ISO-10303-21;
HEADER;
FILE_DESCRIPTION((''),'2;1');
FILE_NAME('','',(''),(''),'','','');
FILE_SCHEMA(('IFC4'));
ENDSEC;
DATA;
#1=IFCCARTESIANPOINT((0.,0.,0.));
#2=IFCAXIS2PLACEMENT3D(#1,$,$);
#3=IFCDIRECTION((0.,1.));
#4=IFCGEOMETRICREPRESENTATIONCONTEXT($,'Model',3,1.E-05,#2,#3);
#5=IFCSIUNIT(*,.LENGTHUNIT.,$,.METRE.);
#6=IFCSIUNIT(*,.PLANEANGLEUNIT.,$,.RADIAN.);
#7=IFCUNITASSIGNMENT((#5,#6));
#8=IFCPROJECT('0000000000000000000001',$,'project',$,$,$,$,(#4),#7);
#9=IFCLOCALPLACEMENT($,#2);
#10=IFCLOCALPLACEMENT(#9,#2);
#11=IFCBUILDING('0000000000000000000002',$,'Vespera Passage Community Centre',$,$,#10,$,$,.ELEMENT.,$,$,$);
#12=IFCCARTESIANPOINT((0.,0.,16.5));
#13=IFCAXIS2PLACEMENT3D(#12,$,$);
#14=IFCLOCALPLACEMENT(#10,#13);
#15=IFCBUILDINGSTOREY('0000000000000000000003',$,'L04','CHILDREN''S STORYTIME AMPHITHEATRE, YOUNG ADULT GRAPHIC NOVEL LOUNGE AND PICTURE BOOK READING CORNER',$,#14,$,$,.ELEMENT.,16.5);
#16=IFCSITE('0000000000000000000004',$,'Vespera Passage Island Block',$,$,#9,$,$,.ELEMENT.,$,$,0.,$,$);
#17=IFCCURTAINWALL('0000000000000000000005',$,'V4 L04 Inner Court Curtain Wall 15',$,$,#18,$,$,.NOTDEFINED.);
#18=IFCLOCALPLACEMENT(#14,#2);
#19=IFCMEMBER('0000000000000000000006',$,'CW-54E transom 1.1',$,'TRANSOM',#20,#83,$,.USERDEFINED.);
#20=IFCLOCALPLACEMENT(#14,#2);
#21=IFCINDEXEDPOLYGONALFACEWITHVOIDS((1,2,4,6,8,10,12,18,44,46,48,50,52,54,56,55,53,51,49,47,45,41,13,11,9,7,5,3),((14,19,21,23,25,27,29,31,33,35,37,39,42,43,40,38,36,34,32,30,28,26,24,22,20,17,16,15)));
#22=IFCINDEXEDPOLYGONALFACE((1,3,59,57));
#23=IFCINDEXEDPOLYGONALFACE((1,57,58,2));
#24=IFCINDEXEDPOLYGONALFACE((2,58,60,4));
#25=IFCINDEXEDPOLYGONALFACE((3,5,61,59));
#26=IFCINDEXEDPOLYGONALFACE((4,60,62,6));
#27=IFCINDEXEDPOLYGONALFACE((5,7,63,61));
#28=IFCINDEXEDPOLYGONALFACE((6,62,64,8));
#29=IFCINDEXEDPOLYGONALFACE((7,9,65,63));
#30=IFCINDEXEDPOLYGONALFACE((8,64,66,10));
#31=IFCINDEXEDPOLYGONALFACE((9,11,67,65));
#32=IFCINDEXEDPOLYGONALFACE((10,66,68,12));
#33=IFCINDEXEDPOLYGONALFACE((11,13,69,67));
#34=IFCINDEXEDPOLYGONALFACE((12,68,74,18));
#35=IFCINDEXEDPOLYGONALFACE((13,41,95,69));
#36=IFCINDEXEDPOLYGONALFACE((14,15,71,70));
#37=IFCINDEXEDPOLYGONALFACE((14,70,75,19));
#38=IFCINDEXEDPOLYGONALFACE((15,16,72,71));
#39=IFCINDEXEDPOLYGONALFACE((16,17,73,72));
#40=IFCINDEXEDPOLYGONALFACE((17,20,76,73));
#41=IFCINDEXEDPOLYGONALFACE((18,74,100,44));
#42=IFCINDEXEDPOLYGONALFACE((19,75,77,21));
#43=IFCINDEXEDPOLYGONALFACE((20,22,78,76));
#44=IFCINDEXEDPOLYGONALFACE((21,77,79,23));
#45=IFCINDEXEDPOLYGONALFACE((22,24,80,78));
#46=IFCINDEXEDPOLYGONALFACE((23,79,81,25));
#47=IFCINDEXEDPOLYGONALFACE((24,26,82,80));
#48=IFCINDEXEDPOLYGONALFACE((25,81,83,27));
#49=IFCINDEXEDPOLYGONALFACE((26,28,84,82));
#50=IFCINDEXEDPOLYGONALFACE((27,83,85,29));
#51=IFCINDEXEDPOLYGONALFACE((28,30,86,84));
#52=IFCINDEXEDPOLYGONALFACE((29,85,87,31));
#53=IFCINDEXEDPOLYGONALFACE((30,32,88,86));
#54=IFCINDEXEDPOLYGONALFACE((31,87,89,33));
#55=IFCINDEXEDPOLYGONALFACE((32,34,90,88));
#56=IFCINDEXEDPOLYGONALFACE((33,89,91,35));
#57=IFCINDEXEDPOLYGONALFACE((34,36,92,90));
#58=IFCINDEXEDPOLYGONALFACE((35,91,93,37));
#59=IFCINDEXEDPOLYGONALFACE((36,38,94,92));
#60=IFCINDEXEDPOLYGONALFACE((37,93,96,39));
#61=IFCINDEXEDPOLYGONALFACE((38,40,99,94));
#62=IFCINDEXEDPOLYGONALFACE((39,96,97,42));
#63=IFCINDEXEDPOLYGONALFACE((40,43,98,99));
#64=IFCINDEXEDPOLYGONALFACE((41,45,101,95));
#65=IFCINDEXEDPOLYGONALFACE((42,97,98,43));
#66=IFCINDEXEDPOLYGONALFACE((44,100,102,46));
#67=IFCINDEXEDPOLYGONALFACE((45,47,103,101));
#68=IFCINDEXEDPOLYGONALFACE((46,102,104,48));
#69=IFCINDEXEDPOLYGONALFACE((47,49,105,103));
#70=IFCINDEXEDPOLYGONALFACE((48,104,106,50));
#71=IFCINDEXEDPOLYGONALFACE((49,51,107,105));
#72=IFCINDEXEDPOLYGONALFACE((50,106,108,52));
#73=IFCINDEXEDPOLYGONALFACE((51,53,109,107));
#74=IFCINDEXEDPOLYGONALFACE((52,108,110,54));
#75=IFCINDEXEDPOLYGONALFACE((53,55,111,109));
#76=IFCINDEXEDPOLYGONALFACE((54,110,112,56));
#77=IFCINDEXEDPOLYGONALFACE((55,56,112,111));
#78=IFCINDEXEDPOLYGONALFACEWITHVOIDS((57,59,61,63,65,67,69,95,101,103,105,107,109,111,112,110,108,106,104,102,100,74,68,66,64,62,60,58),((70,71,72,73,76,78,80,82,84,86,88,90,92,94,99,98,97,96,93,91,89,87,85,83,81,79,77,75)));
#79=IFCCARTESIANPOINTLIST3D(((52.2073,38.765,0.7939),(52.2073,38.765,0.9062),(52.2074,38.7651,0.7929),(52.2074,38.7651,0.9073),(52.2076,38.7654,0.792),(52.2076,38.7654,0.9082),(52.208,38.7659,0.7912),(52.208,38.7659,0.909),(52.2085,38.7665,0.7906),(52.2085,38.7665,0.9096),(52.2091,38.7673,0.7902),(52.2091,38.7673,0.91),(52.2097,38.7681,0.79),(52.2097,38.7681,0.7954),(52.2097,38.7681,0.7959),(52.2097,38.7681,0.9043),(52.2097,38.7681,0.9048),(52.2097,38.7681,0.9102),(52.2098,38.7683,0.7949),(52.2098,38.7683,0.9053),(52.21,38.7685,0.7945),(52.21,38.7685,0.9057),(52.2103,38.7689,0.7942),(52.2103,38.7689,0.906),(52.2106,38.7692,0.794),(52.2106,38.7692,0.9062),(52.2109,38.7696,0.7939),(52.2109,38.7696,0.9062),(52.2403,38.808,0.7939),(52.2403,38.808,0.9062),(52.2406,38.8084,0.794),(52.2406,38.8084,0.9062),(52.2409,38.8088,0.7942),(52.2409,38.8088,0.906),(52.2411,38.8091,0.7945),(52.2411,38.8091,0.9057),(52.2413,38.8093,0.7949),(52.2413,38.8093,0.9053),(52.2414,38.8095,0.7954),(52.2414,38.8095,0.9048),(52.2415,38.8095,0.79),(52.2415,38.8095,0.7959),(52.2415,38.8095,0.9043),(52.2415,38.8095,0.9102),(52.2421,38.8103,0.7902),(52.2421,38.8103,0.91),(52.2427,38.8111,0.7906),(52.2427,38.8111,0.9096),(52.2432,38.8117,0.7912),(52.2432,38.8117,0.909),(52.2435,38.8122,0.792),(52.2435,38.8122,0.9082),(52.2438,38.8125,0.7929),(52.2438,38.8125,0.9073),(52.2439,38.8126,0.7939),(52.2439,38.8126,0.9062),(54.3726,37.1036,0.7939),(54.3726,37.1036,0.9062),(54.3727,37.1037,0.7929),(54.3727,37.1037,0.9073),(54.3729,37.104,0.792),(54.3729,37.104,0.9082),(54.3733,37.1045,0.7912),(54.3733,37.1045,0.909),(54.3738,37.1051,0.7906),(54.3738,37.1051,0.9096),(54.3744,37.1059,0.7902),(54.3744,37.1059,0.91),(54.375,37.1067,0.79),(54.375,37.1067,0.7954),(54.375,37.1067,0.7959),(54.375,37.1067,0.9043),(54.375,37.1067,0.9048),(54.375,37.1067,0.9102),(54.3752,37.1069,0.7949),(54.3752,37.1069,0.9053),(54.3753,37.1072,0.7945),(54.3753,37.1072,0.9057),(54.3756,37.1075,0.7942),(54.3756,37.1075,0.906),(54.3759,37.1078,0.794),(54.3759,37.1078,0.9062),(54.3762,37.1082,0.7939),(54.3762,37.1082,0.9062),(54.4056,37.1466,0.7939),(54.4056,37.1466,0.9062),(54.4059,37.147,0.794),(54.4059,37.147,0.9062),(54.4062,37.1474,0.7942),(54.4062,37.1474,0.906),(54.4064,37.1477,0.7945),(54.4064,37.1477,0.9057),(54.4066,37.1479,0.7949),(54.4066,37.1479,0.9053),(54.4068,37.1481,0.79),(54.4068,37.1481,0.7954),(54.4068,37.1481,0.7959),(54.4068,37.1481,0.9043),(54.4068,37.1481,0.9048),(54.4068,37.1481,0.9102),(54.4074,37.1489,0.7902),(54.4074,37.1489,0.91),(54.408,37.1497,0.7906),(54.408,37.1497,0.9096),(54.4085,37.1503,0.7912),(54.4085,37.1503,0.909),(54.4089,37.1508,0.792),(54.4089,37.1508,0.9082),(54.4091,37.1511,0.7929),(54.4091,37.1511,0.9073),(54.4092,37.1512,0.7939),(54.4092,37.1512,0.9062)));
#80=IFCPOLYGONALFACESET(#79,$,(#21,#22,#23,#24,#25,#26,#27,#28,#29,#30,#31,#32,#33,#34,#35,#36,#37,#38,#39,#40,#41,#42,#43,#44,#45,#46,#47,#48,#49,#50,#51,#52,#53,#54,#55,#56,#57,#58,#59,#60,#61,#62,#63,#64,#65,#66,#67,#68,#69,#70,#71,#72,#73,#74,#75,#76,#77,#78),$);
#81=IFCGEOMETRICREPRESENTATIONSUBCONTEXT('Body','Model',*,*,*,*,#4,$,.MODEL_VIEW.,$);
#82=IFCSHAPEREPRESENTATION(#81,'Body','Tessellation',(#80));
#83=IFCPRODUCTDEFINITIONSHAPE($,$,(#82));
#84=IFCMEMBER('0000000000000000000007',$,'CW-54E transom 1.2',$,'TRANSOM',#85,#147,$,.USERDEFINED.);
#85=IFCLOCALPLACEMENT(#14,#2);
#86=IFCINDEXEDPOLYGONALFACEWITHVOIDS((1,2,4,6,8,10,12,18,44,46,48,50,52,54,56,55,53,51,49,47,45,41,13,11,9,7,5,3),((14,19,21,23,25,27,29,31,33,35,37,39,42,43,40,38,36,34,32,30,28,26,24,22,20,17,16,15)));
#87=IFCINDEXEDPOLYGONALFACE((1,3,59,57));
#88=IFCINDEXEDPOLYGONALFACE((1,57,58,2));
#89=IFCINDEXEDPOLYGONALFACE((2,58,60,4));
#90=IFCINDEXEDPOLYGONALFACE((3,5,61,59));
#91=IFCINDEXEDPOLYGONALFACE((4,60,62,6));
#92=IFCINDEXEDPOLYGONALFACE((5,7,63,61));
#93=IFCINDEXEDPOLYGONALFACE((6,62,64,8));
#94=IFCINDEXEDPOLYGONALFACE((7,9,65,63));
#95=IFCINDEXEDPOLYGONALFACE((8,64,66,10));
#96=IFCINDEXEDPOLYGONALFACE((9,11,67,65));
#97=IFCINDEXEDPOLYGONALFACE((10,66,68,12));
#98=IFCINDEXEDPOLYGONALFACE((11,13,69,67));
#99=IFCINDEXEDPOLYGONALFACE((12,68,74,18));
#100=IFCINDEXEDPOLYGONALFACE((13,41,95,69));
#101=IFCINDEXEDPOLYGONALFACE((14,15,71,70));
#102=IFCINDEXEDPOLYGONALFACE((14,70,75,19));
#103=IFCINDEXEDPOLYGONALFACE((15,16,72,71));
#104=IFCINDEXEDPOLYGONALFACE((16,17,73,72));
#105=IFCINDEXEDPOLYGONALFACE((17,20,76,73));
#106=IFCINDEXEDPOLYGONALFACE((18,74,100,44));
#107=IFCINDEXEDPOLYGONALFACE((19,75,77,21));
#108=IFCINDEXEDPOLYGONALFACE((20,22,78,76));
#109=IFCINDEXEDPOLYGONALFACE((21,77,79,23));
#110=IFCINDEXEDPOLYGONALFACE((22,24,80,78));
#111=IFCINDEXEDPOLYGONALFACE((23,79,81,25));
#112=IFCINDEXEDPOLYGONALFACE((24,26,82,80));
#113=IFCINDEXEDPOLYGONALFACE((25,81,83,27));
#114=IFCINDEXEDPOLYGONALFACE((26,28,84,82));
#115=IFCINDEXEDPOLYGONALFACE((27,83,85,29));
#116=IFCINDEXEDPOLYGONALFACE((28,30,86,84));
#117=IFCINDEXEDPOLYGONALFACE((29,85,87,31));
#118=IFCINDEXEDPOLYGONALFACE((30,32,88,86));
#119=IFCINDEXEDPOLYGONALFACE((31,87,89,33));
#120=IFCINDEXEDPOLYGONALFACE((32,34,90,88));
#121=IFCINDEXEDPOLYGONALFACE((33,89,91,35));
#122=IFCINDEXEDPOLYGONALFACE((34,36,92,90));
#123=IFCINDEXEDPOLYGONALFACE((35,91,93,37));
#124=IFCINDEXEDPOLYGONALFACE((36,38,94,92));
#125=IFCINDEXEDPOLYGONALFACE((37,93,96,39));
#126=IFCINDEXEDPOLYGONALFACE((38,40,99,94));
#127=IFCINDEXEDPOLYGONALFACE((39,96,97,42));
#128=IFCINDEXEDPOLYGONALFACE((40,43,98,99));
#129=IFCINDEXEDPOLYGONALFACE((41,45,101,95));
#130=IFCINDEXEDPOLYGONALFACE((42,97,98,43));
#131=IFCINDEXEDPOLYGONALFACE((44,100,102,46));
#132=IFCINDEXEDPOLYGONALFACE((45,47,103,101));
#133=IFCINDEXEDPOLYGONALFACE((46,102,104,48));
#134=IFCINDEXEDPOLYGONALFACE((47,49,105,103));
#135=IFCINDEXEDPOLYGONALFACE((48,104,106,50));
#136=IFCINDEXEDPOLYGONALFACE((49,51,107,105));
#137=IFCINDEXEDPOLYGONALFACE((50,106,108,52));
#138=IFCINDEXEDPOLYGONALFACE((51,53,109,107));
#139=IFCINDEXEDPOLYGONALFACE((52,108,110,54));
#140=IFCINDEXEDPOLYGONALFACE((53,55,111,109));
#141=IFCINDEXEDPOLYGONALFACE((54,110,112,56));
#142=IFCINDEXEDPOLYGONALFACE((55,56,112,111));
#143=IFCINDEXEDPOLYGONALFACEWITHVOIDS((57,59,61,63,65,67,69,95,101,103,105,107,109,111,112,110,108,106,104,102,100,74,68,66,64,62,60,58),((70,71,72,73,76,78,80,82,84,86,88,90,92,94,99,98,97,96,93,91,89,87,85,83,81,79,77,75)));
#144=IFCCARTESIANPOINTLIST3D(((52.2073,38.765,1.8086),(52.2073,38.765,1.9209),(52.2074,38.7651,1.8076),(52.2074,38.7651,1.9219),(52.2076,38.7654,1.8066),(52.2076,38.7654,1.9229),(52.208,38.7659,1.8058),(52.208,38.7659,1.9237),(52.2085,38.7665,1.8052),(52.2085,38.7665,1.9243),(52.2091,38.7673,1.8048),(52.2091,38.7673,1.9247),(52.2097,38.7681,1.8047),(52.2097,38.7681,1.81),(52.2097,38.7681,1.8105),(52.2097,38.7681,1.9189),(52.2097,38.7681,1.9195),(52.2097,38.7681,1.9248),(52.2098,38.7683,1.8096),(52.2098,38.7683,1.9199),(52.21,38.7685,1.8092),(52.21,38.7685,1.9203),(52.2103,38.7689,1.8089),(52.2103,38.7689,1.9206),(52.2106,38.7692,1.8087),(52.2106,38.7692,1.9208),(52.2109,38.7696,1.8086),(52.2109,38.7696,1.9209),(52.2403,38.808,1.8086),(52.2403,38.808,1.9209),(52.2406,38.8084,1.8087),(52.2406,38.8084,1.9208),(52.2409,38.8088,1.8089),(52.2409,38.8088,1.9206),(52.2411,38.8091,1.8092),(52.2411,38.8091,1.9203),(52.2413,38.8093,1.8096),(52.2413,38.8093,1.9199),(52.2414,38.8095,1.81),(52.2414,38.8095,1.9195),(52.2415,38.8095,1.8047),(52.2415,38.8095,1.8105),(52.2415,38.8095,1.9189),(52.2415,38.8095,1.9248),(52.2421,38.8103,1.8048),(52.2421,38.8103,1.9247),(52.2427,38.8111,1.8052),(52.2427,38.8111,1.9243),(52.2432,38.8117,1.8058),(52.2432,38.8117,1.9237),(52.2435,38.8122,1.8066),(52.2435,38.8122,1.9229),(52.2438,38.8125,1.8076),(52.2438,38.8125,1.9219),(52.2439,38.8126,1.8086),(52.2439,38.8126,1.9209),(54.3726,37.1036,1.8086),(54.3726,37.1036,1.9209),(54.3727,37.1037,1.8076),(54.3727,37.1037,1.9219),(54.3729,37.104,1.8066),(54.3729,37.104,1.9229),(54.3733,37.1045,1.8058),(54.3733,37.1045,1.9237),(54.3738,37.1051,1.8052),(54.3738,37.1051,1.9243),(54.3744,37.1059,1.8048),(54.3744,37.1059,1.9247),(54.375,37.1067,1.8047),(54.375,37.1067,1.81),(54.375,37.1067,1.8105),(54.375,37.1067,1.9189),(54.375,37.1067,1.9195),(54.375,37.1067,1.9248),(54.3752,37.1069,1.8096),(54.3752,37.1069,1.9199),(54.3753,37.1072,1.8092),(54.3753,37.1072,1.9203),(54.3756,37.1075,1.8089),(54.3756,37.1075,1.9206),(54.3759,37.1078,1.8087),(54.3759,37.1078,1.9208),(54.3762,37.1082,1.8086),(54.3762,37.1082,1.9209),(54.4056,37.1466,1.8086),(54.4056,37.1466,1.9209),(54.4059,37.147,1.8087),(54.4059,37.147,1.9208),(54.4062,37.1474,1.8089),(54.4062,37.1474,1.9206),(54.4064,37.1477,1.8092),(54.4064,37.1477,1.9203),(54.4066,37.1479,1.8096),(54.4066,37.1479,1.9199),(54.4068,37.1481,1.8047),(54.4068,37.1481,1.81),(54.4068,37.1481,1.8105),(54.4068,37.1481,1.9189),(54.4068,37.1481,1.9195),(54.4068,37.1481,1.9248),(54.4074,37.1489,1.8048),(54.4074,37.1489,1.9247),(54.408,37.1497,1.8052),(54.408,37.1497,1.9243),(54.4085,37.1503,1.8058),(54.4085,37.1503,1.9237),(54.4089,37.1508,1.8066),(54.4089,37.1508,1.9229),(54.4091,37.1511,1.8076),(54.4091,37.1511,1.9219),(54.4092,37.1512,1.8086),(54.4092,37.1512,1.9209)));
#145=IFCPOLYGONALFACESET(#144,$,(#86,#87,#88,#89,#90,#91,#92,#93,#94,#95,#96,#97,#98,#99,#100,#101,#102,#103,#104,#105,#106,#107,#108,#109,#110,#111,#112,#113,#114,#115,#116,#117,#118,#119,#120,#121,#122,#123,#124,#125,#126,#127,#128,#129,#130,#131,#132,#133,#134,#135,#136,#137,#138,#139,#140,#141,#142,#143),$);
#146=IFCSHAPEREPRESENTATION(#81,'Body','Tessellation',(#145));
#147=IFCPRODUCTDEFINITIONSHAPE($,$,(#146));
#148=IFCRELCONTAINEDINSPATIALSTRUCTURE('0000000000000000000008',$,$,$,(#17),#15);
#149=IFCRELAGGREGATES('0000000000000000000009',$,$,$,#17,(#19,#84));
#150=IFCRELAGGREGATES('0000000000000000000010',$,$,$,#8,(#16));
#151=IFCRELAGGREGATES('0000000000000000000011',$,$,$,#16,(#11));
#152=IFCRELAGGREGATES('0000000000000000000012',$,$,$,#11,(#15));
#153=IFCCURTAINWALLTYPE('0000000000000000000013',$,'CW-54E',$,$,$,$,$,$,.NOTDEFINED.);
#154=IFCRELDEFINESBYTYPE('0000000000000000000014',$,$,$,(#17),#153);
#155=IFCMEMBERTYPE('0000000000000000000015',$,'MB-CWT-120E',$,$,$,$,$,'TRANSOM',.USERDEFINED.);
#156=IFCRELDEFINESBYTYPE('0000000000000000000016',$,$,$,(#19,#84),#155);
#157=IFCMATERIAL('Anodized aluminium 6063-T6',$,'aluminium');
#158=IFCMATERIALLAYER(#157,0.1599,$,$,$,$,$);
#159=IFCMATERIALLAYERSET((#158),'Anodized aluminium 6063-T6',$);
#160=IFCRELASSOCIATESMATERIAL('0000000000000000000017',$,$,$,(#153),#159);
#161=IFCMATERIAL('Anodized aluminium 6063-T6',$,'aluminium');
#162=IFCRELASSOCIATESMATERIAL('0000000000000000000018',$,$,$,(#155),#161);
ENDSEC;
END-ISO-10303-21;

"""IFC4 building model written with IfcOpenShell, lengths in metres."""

from ifc_helpers import new_model, si_unit, direction, frame, origin, origin_2d, place, context, subcontext, project, spatial, hollow_rectangle, extrude, material, layer, layer_set, material_profile, profile_set, type_object, element, aggregate, save


model = new_model("IFC4")

# Units and contexts
model_context = context("Model", 3, precision=1e-05, world=origin(), true_north=direction((0.0, 1.0)))
body_context = subcontext(model_context, "Body", "Model", "MODEL_VIEW")
ifc_project = project(units=[si_unit("LENGTHUNIT", "METRE"), si_unit("PLANEANGLEUNIT", "RADIAN")], contexts=[model_context])

# Site, building, storey
site_placement = place(None, origin())
site = spatial("IfcSite", under=ifc_project, at=site_placement, Name="Vespera Passage Island Block", CompositionType="ELEMENT", RefElevation=0.0)
building_placement = place(site_placement, origin())
building = spatial("IfcBuilding", under=site, at=building_placement, Name="Vespera Passage Community Centre", CompositionType="ELEMENT")
storey_placement = place(building_placement, frame((0.0, 0.0, 16.5)))
storey = spatial("IfcBuildingStorey", under=building, at=storey_placement, Name="L04", Description="CHILDREN'S STORYTIME AMPHITHEATRE, YOUNG ADULT GRAPHIC NOVEL LOUNGE AND PICTURE BOOK READING CORNER", CompositionType="ELEMENT", Elevation=16.5)

# Curtain wall
ifc_material_1 = material(Name="Anodized aluminium 6063-T6", Category="aluminium")
ifc_layer_1 = layer(ifc_material_1, 0.1599)
ifc_layer_set_1 = layer_set([ifc_layer_1], Name="Anodized aluminium 6063-T6")
curtain_wall_type_1 = type_object("IfcCurtainWallType", Name="CW-54E", PredefinedType="NOTDEFINED", material=ifc_layer_set_1)
curtain_wall_1_placement = place(storey_placement, origin())
curtain_wall_1 = element("IfcCurtainWall", 1, at=curtain_wall_1_placement, inside=storey, type_object=curtain_wall_type_1, Name="V4 L04 Inner Court Curtain Wall 15", PredefinedType="NOTDEFINED")

# Members
ifc_material_2 = material(Name="Anodized aluminium 6063-T6", Category="aluminium")
ifc_material_profile_1 = material_profile(ifc_material_2, hollow_rectangle(XDim=0.0601, YDim=0.1201, WallThickness=0.0039, InnerFilletRadius=0.002, OuterFilletRadius=0.0039, at=origin_2d()), Name="ALU120X60X4")
ifc_profile_set_1 = profile_set([ifc_material_profile_1], Name="Anodized aluminium 6063-T6")
member_type_1 = type_object("IfcMemberType", Name="MB-CWT-120E", ElementType="TRANSOM", PredefinedType="USERDEFINED", material=ifc_profile_set_1)
member_1_placement = place(storey_placement, frame((52.2256, 38.7888, 0.8501), z_axis=(0.793372, -0.608738, 0.0), x_axis=(0.608738, 0.793372, 0.0)))
member_1 = element("IfcMember", 2, at=member_1_placement, type_object=member_type_1, Name="CW-54E transom 1.1", ObjectType="TRANSOM", PredefinedType="USERDEFINED", context=body_context, shape_type="SweptSolid", body=[
    extrude(hollow_rectangle(XDim=0.0601, YDim=0.1201, WallThickness=0.0039, InnerFilletRadius=0.002, OuterFilletRadius=0.0039, at=origin_2d()), origin(), (0.0, 0.0, 1.0), 2.7292),
])
member_2_placement = place(storey_placement, frame((52.2256, 38.7888, 1.8647), z_axis=(0.793372, -0.608738, 0.0), x_axis=(0.608738, 0.793372, 0.0)))
member_2 = element("IfcMember", 3, at=member_2_placement, type_object=member_type_1, Name="CW-54E transom 1.2", ObjectType="TRANSOM", PredefinedType="USERDEFINED", context=body_context, shape_type="SweptSolid", body=[
    extrude(hollow_rectangle(XDim=0.0601, YDim=0.1201, WallThickness=0.0039, InnerFilletRadius=0.002, OuterFilletRadius=0.0039, at=origin_2d()), origin(), (0.0, 0.0, 1.0), 2.7292),
])

aggregate(curtain_wall_1, [member_1, member_2])

save(model, "model.ifc")
